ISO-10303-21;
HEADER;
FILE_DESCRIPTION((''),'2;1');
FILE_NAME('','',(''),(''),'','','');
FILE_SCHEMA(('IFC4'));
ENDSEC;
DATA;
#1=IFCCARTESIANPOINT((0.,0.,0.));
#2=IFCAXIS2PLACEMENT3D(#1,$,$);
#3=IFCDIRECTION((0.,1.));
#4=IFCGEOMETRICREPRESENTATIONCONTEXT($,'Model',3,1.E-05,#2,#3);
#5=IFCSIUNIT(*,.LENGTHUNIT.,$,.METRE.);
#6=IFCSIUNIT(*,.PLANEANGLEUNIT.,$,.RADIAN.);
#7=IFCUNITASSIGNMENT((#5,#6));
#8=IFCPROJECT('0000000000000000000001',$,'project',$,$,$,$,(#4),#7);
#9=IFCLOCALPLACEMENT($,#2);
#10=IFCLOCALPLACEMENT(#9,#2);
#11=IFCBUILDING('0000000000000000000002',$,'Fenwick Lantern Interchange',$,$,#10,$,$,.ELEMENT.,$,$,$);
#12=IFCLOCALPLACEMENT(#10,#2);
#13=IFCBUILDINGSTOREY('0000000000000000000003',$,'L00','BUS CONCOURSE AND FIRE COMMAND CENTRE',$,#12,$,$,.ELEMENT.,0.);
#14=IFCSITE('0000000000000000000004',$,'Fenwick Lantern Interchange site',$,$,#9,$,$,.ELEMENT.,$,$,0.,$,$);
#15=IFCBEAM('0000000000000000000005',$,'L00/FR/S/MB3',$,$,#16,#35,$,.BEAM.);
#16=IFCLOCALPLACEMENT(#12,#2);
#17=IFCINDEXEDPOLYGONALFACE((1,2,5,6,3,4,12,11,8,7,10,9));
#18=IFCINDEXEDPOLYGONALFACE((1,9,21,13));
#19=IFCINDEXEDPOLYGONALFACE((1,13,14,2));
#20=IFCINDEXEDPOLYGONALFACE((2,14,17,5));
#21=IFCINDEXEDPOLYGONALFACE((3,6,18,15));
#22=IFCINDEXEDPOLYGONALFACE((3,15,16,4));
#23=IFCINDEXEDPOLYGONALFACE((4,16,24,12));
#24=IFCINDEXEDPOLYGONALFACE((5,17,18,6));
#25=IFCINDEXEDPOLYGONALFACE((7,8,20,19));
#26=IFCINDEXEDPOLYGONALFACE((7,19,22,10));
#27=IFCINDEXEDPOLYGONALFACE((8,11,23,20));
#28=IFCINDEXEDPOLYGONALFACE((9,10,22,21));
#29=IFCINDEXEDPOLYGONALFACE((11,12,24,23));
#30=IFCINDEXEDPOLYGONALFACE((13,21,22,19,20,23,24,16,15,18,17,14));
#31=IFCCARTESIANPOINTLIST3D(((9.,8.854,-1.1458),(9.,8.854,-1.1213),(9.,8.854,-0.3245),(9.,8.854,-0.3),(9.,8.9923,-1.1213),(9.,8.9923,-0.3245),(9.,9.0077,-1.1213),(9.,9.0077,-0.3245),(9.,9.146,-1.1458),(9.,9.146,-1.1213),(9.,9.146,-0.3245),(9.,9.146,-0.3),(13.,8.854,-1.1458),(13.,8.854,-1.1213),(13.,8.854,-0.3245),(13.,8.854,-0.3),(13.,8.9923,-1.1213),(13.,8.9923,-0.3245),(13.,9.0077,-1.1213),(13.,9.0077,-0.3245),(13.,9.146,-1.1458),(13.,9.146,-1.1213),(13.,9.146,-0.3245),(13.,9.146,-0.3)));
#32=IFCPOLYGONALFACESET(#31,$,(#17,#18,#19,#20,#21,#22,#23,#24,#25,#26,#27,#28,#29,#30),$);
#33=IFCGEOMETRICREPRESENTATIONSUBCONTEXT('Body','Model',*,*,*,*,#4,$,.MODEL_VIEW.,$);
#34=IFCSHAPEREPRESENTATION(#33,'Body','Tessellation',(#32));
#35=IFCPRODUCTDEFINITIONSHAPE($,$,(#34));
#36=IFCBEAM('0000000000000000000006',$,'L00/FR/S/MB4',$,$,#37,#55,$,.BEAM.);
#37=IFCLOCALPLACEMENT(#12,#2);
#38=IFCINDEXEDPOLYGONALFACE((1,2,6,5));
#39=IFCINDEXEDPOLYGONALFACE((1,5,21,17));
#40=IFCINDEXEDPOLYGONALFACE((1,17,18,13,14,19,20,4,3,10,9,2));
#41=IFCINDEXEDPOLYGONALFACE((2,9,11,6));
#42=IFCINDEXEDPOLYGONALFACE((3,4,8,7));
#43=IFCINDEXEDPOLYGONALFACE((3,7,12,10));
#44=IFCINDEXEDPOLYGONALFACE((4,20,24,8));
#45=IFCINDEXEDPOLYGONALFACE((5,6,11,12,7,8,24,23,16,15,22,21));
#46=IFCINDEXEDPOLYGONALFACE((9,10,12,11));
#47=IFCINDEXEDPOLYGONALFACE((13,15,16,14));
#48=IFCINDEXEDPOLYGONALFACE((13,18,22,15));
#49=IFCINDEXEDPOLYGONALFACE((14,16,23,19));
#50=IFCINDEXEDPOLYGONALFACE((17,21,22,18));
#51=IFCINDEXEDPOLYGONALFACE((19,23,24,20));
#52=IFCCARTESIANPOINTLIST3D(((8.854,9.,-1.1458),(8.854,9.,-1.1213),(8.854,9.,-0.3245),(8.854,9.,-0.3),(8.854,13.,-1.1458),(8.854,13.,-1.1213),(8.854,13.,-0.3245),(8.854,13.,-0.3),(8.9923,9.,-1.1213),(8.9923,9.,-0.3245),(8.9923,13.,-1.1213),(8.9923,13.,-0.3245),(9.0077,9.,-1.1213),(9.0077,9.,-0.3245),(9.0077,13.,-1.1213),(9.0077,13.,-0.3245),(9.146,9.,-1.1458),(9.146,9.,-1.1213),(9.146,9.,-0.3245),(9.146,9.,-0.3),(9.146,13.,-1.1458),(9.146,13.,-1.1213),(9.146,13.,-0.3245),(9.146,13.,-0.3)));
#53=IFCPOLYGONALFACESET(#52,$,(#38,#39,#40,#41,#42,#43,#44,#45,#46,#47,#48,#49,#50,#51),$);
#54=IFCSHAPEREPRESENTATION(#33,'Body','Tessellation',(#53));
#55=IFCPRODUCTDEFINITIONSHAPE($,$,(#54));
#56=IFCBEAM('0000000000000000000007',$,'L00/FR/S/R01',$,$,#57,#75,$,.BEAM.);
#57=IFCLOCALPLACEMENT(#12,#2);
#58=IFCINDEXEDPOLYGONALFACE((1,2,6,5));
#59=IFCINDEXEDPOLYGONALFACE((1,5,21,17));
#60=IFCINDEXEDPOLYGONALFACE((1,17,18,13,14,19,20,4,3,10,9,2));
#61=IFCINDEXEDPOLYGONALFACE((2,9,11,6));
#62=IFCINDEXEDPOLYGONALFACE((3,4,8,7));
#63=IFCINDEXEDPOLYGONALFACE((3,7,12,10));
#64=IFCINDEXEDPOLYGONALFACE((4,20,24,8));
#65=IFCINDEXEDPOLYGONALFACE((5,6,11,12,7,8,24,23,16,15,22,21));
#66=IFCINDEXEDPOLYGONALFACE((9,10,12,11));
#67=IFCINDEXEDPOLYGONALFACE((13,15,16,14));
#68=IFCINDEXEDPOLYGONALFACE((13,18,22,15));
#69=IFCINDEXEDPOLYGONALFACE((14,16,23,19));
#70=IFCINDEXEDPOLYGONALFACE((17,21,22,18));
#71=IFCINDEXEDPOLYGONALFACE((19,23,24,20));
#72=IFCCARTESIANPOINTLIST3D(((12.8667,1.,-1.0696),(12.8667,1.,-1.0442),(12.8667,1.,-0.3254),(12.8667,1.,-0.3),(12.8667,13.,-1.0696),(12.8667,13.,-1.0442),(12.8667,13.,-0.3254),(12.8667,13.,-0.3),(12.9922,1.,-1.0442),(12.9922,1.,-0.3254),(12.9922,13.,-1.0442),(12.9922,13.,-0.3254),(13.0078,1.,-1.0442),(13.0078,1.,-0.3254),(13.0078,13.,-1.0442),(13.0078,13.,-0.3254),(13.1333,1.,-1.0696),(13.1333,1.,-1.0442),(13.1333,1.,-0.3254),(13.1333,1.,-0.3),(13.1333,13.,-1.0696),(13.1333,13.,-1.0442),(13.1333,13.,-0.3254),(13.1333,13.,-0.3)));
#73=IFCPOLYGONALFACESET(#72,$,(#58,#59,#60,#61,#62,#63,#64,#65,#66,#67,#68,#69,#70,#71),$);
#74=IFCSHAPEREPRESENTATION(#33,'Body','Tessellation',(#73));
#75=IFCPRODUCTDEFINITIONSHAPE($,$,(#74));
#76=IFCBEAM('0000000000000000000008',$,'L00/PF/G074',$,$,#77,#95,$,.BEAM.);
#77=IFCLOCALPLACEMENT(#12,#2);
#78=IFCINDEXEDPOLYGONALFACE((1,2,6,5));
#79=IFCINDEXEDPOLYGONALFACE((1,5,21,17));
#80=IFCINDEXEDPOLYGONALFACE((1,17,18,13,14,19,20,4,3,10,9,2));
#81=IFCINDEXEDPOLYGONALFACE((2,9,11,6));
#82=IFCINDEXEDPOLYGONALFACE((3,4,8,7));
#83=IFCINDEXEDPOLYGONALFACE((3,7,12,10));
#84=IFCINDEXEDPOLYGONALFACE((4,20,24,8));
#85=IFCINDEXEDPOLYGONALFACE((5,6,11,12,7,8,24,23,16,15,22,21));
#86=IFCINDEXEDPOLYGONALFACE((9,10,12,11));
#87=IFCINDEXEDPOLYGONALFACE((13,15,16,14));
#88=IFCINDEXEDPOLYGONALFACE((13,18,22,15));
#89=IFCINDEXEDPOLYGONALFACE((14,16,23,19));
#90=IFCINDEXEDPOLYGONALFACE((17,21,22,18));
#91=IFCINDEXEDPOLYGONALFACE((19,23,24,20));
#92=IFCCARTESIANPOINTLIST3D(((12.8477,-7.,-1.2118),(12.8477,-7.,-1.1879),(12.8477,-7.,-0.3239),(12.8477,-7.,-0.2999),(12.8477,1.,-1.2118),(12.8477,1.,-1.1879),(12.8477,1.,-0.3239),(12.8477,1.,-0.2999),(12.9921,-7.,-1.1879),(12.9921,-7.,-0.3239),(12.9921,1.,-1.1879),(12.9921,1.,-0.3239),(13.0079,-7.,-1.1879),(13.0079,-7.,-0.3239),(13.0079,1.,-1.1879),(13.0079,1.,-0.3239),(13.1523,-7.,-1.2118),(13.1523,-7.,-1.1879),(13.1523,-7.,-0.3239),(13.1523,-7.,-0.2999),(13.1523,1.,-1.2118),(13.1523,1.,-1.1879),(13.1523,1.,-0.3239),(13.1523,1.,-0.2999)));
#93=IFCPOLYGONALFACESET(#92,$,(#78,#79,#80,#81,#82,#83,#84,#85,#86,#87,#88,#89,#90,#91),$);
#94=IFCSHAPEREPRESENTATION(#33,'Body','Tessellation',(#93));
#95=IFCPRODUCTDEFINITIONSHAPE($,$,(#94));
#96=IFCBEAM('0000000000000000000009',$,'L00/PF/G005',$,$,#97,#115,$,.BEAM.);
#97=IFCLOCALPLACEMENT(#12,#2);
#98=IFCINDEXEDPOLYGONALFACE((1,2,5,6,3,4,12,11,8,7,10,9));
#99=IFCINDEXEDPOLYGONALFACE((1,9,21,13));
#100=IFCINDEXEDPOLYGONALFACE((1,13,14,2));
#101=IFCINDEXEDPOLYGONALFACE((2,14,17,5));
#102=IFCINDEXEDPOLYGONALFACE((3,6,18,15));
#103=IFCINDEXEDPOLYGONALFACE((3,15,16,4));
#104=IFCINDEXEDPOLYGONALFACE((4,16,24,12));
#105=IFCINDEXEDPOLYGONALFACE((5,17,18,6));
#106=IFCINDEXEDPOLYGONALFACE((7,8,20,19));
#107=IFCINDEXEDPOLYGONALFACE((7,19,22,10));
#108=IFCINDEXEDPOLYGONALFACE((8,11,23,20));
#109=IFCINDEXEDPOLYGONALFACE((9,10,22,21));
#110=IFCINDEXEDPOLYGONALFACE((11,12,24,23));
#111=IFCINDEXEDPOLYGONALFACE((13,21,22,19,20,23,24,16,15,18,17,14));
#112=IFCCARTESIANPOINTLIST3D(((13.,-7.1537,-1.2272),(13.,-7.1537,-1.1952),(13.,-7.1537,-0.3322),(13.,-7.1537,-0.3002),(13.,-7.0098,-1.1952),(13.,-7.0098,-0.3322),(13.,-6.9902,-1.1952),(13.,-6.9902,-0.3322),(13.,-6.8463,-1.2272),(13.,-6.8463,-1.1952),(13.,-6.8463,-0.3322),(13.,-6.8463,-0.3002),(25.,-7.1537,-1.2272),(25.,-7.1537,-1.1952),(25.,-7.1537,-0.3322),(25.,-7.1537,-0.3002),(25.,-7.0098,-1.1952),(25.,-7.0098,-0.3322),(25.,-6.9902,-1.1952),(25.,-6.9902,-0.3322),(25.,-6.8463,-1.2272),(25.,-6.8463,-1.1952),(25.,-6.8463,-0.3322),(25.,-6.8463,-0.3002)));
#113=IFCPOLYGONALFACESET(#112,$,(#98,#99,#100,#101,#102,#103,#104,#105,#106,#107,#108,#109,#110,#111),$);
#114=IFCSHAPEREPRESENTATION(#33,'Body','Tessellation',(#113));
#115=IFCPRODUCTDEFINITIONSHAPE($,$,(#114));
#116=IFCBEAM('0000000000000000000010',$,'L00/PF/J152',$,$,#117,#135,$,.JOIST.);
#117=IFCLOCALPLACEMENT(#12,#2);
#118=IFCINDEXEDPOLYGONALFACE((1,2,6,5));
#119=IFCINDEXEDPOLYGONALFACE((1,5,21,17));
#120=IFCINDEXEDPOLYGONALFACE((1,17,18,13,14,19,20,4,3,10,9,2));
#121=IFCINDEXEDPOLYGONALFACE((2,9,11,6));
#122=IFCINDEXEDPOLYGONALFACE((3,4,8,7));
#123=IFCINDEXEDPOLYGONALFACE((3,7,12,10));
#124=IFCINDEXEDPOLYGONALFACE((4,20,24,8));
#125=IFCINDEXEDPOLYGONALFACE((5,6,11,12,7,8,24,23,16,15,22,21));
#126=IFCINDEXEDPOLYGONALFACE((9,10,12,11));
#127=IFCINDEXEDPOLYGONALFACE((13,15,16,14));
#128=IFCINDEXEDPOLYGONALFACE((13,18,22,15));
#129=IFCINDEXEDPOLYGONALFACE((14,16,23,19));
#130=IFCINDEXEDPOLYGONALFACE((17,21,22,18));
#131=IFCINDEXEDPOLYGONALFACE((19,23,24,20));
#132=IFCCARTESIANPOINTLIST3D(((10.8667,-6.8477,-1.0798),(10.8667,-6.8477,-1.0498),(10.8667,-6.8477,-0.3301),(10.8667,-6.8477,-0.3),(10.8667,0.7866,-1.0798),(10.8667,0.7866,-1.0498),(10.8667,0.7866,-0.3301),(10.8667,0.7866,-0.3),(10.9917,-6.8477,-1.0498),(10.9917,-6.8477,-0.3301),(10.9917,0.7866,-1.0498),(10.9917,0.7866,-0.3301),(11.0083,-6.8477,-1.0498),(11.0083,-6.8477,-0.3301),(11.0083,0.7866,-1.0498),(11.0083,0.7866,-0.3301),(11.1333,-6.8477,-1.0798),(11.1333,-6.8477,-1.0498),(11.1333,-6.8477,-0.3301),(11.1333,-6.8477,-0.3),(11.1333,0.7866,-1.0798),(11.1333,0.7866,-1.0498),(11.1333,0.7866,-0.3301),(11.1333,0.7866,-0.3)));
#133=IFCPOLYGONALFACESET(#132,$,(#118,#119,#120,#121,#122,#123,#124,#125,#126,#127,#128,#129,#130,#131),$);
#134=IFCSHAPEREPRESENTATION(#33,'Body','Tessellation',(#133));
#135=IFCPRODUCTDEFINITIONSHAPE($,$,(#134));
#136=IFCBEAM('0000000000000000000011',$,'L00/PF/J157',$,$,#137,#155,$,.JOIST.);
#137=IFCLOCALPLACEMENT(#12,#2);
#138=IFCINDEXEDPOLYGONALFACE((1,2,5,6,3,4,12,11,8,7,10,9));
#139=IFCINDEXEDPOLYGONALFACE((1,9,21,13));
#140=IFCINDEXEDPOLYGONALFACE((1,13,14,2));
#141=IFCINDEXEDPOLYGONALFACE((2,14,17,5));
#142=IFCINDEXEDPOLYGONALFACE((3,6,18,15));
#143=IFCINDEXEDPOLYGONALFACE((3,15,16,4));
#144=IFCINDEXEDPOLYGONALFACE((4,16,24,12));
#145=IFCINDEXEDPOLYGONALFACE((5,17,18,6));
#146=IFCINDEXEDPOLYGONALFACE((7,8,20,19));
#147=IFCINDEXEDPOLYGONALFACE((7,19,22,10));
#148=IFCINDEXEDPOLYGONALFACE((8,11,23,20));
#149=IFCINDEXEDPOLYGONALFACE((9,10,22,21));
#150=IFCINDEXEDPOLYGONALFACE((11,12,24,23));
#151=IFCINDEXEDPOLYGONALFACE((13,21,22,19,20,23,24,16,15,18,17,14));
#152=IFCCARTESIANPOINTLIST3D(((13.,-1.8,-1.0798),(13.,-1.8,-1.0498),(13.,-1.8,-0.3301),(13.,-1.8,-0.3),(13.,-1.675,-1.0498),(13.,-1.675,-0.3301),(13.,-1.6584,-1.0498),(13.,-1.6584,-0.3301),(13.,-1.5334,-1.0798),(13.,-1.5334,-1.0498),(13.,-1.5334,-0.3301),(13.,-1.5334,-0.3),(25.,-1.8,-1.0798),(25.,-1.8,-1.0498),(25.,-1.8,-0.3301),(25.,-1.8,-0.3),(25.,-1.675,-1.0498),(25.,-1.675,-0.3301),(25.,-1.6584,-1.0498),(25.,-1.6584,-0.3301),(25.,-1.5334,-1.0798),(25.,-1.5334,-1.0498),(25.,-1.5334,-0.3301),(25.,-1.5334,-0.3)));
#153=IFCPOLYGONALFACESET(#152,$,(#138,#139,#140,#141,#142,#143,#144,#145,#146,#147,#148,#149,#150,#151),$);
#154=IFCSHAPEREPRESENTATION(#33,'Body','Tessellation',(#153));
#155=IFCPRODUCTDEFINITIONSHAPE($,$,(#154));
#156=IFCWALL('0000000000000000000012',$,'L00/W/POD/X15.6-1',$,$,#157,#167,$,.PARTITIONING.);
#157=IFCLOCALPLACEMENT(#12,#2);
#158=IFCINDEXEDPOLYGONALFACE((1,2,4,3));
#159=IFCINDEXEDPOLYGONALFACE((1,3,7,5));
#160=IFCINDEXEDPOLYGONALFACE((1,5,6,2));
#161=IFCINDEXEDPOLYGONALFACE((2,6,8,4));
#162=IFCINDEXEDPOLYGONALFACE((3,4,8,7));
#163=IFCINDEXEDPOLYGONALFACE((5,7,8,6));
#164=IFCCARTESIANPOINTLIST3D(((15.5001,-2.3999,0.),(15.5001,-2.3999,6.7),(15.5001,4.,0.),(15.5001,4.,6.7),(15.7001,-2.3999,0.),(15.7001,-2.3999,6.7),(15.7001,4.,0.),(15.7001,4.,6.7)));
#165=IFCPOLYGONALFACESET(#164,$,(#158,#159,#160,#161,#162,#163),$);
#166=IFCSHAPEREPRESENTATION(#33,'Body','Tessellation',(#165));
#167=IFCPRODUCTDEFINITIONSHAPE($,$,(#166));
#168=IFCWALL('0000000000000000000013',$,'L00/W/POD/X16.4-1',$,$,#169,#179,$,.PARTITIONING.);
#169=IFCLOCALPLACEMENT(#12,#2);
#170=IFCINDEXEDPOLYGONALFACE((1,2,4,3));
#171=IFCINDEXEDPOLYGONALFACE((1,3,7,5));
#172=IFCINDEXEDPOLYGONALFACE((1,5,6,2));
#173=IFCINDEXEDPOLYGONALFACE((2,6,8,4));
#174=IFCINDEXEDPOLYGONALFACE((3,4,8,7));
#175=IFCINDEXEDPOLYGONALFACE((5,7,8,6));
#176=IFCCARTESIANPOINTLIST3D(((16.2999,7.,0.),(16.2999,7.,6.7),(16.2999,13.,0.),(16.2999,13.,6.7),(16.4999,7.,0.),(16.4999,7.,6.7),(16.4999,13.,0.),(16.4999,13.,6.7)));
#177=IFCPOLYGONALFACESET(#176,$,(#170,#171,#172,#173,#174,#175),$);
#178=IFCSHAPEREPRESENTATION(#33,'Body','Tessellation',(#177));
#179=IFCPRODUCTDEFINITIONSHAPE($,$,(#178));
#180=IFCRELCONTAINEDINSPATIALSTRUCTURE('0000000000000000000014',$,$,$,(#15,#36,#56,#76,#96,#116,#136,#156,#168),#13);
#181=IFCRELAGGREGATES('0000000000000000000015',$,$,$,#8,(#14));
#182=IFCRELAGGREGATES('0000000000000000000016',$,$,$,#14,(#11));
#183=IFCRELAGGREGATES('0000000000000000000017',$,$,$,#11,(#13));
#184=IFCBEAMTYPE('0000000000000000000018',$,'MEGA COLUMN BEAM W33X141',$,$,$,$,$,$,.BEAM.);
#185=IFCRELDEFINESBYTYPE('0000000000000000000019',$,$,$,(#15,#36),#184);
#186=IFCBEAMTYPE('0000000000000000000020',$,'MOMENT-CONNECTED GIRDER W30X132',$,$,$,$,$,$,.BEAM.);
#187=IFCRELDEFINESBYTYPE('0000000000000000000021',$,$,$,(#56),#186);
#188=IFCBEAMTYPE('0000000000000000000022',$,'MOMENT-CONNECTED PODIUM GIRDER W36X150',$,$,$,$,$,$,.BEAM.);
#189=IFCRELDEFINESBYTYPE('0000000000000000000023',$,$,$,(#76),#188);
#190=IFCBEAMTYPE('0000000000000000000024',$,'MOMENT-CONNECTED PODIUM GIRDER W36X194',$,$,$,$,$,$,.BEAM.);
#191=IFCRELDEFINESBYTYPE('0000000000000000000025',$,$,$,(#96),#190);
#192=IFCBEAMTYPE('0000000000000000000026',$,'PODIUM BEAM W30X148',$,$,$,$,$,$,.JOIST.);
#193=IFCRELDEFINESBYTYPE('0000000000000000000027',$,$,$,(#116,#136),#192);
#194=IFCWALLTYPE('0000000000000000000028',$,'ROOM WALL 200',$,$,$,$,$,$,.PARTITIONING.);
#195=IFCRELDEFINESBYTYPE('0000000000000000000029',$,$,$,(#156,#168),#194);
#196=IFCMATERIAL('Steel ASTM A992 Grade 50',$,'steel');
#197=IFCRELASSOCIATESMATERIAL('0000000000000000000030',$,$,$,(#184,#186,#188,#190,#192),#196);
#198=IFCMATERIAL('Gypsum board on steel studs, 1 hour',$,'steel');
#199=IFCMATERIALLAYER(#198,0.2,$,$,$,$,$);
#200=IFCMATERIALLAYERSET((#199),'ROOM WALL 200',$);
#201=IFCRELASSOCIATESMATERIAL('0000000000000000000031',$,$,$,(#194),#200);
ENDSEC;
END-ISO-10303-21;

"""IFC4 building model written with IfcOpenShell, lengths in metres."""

from ifc_helpers import new_model, si_unit, direction, frame, frame_2d, origin, origin_2d, place, context, subcontext, project, spatial, rectangle, i_section, extrude, material, layer, layer_set, material_profile, profile_set, type_object, element, save


model = new_model("IFC4")

# Units and contexts
model_context = context("Model", 3, precision=1e-05, world=origin(), true_north=direction((0.0, 1.0)))
body_context = subcontext(model_context, "Body", "Model", "MODEL_VIEW")
ifc_project = project(units=[si_unit("LENGTHUNIT", "METRE"), si_unit("PLANEANGLEUNIT", "RADIAN")], contexts=[model_context])

# Site, building, storey
site_placement = place(None, origin())
site = spatial("IfcSite", under=ifc_project, at=site_placement, Name="Fenwick Lantern Interchange site", CompositionType="ELEMENT", RefElevation=0.0)
building_placement = place(site_placement, origin())
building = spatial("IfcBuilding", under=site, at=building_placement, Name="Fenwick Lantern Interchange", CompositionType="ELEMENT")
storey_placement = place(building_placement, origin())
storey = spatial("IfcBuildingStorey", under=building, at=storey_placement, Name="L00", Description="BUS CONCOURSE AND FIRE COMMAND CENTRE", CompositionType="ELEMENT", Elevation=0.0)

# Shared definitions
ifc_material_1 = material(Name="Steel ASTM A992 Grade 50", Category="steel")

# Beams
ifc_material_profile_1 = material_profile(ifc_material_1, i_section(OverallWidth=0.292, OverallDepth=0.8457, WebThickness=0.0154, FlangeThickness=0.0244, at=origin_2d()), Name="W33X141")
ifc_profile_set_1 = profile_set([ifc_material_profile_1], Name="Steel ASTM A992 Grade 50")
beam_type_1 = type_object("IfcBeamType", Name="MEGA COLUMN BEAM W33X141", PredefinedType="BEAM", material=ifc_profile_set_1)
for number, where, z_axis, x_axis, name in (
    (1, (9.0, 9.0, -0.7229), (1.0, 0.0, 0.0), (0.0, 1.0, 0.0), "L00/FR/S/MB3"),
    (2, (9.0, 9.0, -0.7229), (0.0, 1.0, 0.0), (-1.0, 0.0, 0.0), "L00/FR/S/MB4"),
):
    element("IfcBeam", number, at=place(storey_placement, frame(where, z_axis=z_axis, x_axis=x_axis)), inside=storey, type_object=beam_type_1, Name=name, PredefinedType="BEAM", context=body_context, shape_type="SweptSolid", body=[
        extrude(i_section(OverallWidth=0.292, OverallDepth=0.8457, WebThickness=0.0154, FlangeThickness=0.0244, at=origin_2d()), origin(), (0.0, 0.0, 1.0), 4.0),
    ])
ifc_material_profile_2 = material_profile(ifc_material_1, i_section(OverallWidth=0.2666, OverallDepth=0.7695, WebThickness=0.0156, FlangeThickness=0.0254, at=origin_2d()), Name="W30X132")
ifc_profile_set_2 = profile_set([ifc_material_profile_2], Name="Steel ASTM A992 Grade 50")
beam_type_2 = type_object("IfcBeamType", Name="MOMENT-CONNECTED GIRDER W30X132", PredefinedType="BEAM", material=ifc_profile_set_2)
beam_1_placement = place(storey_placement, frame((13.0, 1.0, -0.6848), z_axis=(0.0, 1.0, 0.0), x_axis=(-1.0, 0.0, 0.0)))
element("IfcBeam", 3, at=beam_1_placement, inside=storey, type_object=beam_type_2, Name="L00/FR/S/R01", PredefinedType="BEAM", context=body_context, shape_type="SweptSolid", body=[
    extrude(i_section(OverallWidth=0.2666, OverallDepth=0.7695, WebThickness=0.0156, FlangeThickness=0.0254, at=origin_2d()), origin(), (0.0, 0.0, 1.0), 12.0),
])
ifc_material_profile_3 = material_profile(ifc_material_1, i_section(OverallWidth=0.3047, OverallDepth=0.9119, WebThickness=0.0159, FlangeThickness=0.0239, at=origin_2d()), Name="W36X150")
ifc_profile_set_3 = profile_set([ifc_material_profile_3], Name="Steel ASTM A992 Grade 50")
beam_type_3 = type_object("IfcBeamType", Name="MOMENT-CONNECTED PODIUM GIRDER W36X150", PredefinedType="BEAM", material=ifc_profile_set_3)
beam_2_placement = place(storey_placement, frame((13.0, -7.0, -0.7559), z_axis=(0.0, 1.0, 0.0), x_axis=(-1.0, 0.0, 0.0)))
element("IfcBeam", 4, at=beam_2_placement, inside=storey, type_object=beam_type_3, Name="L00/PF/G074", PredefinedType="BEAM", context=body_context, shape_type="SweptSolid", body=[
    extrude(i_section(OverallWidth=0.3047, OverallDepth=0.9119, WebThickness=0.0159, FlangeThickness=0.0239, at=origin_2d()), origin(), (0.0, 0.0, 1.0), 8.0),
])
ifc_material_profile_4 = material_profile(ifc_material_1, i_section(OverallWidth=0.3074, OverallDepth=0.927, WebThickness=0.0195, FlangeThickness=0.032, at=origin_2d()), Name="W36X194")
ifc_profile_set_4 = profile_set([ifc_material_profile_4], Name="Steel ASTM A992 Grade 50")
beam_type_4 = type_object("IfcBeamType", Name="MOMENT-CONNECTED PODIUM GIRDER W36X194", PredefinedType="BEAM", material=ifc_profile_set_4)
beam_3_placement = place(storey_placement, frame((13.0, -7.0, -0.7637), z_axis=(1.0, 0.0, 0.0), x_axis=(0.0, 1.0, 0.0)))
element("IfcBeam", 5, at=beam_3_placement, inside=storey, type_object=beam_type_4, Name="L00/PF/G005", PredefinedType="BEAM", context=body_context, shape_type="SweptSolid", body=[
    extrude(i_section(OverallWidth=0.3074, OverallDepth=0.927, WebThickness=0.0195, FlangeThickness=0.032, at=origin_2d()), origin(), (0.0, 0.0, 1.0), 12.0),
])
ifc_material_profile_5 = material_profile(ifc_material_1, i_section(OverallWidth=0.2666, OverallDepth=0.7798, WebThickness=0.0166, FlangeThickness=0.03, at=origin_2d()), Name="W30X148")
ifc_profile_set_5 = profile_set([ifc_material_profile_5], Name="Steel ASTM A992 Grade 50")
beam_type_5 = type_object("IfcBeamType", Name="PODIUM BEAM W30X148", PredefinedType="JOIST", material=ifc_profile_set_5)
beam_4_placement = place(storey_placement, frame((11.0, -6.8477, -0.6899), z_axis=(0.0, 1.0, 0.0), x_axis=(-1.0, 0.0, 0.0)))
element("IfcBeam", 6, at=beam_4_placement, inside=storey, type_object=beam_type_5, Name="L00/PF/J152", PredefinedType="JOIST", context=body_context, shape_type="SweptSolid", body=[
    extrude(i_section(OverallWidth=0.2666, OverallDepth=0.7798, WebThickness=0.0166, FlangeThickness=0.03, at=origin_2d()), origin(), (0.0, 0.0, 1.0), 7.6343),
])
beam_5_placement = place(storey_placement, frame((13.0, -1.6667, -0.6899), z_axis=(1.0, 0.0, 0.0), x_axis=(0.0, 1.0, 0.0)))
element("IfcBeam", 7, at=beam_5_placement, inside=storey, type_object=beam_type_5, Name="L00/PF/J157", PredefinedType="JOIST", context=body_context, shape_type="SweptSolid", body=[
    extrude(i_section(OverallWidth=0.2666, OverallDepth=0.7798, WebThickness=0.0166, FlangeThickness=0.03, at=origin_2d()), origin(), (0.0, 0.0, 1.0), 12.0),
])

# Walls
ifc_material_2 = material(Name="Gypsum board on steel studs, 1 hour", Category="steel")
ifc_layer_1 = layer(ifc_material_2, 0.2)
ifc_layer_set_1 = layer_set([ifc_layer_1], Name="ROOM WALL 200")
wall_type_1 = type_object("IfcWallType", Name="ROOM WALL 200", PredefinedType="PARTITIONING", material=ifc_layer_set_1)
wall_1_placement = place(storey_placement, frame((15.6001, -2.3999, 0.0), z_axis=(0.0, 0.0, 1.0), x_axis=(0.0, 1.0, 0.0)))
element("IfcWall", 8, at=wall_1_placement, inside=storey, type_object=wall_type_1, Name="L00/W/POD/X15.6-1", PredefinedType="PARTITIONING", context=body_context, shape_type="SweptSolid", body=[
    extrude(rectangle(XDim=6.3999, YDim=0.2, at=frame_2d((3.2, 0.0))), origin(), (0.0, 0.0, 1.0), 6.7),
])
wall_2_placement = place(storey_placement, frame((16.3999, 7.0, 0.0), z_axis=(0.0, 0.0, 1.0), x_axis=(0.0, 1.0, 0.0)))
element("IfcWall", 9, at=wall_2_placement, inside=storey, type_object=wall_type_1, Name="L00/W/POD/X16.4-1", PredefinedType="PARTITIONING", context=body_context, shape_type="SweptSolid", body=[
    extrude(rectangle(XDim=6.0, YDim=0.2, at=frame_2d((3.0, 0.0))), origin(), (0.0, 0.0, 1.0), 6.7),
])

save(model, "model.ifc")
